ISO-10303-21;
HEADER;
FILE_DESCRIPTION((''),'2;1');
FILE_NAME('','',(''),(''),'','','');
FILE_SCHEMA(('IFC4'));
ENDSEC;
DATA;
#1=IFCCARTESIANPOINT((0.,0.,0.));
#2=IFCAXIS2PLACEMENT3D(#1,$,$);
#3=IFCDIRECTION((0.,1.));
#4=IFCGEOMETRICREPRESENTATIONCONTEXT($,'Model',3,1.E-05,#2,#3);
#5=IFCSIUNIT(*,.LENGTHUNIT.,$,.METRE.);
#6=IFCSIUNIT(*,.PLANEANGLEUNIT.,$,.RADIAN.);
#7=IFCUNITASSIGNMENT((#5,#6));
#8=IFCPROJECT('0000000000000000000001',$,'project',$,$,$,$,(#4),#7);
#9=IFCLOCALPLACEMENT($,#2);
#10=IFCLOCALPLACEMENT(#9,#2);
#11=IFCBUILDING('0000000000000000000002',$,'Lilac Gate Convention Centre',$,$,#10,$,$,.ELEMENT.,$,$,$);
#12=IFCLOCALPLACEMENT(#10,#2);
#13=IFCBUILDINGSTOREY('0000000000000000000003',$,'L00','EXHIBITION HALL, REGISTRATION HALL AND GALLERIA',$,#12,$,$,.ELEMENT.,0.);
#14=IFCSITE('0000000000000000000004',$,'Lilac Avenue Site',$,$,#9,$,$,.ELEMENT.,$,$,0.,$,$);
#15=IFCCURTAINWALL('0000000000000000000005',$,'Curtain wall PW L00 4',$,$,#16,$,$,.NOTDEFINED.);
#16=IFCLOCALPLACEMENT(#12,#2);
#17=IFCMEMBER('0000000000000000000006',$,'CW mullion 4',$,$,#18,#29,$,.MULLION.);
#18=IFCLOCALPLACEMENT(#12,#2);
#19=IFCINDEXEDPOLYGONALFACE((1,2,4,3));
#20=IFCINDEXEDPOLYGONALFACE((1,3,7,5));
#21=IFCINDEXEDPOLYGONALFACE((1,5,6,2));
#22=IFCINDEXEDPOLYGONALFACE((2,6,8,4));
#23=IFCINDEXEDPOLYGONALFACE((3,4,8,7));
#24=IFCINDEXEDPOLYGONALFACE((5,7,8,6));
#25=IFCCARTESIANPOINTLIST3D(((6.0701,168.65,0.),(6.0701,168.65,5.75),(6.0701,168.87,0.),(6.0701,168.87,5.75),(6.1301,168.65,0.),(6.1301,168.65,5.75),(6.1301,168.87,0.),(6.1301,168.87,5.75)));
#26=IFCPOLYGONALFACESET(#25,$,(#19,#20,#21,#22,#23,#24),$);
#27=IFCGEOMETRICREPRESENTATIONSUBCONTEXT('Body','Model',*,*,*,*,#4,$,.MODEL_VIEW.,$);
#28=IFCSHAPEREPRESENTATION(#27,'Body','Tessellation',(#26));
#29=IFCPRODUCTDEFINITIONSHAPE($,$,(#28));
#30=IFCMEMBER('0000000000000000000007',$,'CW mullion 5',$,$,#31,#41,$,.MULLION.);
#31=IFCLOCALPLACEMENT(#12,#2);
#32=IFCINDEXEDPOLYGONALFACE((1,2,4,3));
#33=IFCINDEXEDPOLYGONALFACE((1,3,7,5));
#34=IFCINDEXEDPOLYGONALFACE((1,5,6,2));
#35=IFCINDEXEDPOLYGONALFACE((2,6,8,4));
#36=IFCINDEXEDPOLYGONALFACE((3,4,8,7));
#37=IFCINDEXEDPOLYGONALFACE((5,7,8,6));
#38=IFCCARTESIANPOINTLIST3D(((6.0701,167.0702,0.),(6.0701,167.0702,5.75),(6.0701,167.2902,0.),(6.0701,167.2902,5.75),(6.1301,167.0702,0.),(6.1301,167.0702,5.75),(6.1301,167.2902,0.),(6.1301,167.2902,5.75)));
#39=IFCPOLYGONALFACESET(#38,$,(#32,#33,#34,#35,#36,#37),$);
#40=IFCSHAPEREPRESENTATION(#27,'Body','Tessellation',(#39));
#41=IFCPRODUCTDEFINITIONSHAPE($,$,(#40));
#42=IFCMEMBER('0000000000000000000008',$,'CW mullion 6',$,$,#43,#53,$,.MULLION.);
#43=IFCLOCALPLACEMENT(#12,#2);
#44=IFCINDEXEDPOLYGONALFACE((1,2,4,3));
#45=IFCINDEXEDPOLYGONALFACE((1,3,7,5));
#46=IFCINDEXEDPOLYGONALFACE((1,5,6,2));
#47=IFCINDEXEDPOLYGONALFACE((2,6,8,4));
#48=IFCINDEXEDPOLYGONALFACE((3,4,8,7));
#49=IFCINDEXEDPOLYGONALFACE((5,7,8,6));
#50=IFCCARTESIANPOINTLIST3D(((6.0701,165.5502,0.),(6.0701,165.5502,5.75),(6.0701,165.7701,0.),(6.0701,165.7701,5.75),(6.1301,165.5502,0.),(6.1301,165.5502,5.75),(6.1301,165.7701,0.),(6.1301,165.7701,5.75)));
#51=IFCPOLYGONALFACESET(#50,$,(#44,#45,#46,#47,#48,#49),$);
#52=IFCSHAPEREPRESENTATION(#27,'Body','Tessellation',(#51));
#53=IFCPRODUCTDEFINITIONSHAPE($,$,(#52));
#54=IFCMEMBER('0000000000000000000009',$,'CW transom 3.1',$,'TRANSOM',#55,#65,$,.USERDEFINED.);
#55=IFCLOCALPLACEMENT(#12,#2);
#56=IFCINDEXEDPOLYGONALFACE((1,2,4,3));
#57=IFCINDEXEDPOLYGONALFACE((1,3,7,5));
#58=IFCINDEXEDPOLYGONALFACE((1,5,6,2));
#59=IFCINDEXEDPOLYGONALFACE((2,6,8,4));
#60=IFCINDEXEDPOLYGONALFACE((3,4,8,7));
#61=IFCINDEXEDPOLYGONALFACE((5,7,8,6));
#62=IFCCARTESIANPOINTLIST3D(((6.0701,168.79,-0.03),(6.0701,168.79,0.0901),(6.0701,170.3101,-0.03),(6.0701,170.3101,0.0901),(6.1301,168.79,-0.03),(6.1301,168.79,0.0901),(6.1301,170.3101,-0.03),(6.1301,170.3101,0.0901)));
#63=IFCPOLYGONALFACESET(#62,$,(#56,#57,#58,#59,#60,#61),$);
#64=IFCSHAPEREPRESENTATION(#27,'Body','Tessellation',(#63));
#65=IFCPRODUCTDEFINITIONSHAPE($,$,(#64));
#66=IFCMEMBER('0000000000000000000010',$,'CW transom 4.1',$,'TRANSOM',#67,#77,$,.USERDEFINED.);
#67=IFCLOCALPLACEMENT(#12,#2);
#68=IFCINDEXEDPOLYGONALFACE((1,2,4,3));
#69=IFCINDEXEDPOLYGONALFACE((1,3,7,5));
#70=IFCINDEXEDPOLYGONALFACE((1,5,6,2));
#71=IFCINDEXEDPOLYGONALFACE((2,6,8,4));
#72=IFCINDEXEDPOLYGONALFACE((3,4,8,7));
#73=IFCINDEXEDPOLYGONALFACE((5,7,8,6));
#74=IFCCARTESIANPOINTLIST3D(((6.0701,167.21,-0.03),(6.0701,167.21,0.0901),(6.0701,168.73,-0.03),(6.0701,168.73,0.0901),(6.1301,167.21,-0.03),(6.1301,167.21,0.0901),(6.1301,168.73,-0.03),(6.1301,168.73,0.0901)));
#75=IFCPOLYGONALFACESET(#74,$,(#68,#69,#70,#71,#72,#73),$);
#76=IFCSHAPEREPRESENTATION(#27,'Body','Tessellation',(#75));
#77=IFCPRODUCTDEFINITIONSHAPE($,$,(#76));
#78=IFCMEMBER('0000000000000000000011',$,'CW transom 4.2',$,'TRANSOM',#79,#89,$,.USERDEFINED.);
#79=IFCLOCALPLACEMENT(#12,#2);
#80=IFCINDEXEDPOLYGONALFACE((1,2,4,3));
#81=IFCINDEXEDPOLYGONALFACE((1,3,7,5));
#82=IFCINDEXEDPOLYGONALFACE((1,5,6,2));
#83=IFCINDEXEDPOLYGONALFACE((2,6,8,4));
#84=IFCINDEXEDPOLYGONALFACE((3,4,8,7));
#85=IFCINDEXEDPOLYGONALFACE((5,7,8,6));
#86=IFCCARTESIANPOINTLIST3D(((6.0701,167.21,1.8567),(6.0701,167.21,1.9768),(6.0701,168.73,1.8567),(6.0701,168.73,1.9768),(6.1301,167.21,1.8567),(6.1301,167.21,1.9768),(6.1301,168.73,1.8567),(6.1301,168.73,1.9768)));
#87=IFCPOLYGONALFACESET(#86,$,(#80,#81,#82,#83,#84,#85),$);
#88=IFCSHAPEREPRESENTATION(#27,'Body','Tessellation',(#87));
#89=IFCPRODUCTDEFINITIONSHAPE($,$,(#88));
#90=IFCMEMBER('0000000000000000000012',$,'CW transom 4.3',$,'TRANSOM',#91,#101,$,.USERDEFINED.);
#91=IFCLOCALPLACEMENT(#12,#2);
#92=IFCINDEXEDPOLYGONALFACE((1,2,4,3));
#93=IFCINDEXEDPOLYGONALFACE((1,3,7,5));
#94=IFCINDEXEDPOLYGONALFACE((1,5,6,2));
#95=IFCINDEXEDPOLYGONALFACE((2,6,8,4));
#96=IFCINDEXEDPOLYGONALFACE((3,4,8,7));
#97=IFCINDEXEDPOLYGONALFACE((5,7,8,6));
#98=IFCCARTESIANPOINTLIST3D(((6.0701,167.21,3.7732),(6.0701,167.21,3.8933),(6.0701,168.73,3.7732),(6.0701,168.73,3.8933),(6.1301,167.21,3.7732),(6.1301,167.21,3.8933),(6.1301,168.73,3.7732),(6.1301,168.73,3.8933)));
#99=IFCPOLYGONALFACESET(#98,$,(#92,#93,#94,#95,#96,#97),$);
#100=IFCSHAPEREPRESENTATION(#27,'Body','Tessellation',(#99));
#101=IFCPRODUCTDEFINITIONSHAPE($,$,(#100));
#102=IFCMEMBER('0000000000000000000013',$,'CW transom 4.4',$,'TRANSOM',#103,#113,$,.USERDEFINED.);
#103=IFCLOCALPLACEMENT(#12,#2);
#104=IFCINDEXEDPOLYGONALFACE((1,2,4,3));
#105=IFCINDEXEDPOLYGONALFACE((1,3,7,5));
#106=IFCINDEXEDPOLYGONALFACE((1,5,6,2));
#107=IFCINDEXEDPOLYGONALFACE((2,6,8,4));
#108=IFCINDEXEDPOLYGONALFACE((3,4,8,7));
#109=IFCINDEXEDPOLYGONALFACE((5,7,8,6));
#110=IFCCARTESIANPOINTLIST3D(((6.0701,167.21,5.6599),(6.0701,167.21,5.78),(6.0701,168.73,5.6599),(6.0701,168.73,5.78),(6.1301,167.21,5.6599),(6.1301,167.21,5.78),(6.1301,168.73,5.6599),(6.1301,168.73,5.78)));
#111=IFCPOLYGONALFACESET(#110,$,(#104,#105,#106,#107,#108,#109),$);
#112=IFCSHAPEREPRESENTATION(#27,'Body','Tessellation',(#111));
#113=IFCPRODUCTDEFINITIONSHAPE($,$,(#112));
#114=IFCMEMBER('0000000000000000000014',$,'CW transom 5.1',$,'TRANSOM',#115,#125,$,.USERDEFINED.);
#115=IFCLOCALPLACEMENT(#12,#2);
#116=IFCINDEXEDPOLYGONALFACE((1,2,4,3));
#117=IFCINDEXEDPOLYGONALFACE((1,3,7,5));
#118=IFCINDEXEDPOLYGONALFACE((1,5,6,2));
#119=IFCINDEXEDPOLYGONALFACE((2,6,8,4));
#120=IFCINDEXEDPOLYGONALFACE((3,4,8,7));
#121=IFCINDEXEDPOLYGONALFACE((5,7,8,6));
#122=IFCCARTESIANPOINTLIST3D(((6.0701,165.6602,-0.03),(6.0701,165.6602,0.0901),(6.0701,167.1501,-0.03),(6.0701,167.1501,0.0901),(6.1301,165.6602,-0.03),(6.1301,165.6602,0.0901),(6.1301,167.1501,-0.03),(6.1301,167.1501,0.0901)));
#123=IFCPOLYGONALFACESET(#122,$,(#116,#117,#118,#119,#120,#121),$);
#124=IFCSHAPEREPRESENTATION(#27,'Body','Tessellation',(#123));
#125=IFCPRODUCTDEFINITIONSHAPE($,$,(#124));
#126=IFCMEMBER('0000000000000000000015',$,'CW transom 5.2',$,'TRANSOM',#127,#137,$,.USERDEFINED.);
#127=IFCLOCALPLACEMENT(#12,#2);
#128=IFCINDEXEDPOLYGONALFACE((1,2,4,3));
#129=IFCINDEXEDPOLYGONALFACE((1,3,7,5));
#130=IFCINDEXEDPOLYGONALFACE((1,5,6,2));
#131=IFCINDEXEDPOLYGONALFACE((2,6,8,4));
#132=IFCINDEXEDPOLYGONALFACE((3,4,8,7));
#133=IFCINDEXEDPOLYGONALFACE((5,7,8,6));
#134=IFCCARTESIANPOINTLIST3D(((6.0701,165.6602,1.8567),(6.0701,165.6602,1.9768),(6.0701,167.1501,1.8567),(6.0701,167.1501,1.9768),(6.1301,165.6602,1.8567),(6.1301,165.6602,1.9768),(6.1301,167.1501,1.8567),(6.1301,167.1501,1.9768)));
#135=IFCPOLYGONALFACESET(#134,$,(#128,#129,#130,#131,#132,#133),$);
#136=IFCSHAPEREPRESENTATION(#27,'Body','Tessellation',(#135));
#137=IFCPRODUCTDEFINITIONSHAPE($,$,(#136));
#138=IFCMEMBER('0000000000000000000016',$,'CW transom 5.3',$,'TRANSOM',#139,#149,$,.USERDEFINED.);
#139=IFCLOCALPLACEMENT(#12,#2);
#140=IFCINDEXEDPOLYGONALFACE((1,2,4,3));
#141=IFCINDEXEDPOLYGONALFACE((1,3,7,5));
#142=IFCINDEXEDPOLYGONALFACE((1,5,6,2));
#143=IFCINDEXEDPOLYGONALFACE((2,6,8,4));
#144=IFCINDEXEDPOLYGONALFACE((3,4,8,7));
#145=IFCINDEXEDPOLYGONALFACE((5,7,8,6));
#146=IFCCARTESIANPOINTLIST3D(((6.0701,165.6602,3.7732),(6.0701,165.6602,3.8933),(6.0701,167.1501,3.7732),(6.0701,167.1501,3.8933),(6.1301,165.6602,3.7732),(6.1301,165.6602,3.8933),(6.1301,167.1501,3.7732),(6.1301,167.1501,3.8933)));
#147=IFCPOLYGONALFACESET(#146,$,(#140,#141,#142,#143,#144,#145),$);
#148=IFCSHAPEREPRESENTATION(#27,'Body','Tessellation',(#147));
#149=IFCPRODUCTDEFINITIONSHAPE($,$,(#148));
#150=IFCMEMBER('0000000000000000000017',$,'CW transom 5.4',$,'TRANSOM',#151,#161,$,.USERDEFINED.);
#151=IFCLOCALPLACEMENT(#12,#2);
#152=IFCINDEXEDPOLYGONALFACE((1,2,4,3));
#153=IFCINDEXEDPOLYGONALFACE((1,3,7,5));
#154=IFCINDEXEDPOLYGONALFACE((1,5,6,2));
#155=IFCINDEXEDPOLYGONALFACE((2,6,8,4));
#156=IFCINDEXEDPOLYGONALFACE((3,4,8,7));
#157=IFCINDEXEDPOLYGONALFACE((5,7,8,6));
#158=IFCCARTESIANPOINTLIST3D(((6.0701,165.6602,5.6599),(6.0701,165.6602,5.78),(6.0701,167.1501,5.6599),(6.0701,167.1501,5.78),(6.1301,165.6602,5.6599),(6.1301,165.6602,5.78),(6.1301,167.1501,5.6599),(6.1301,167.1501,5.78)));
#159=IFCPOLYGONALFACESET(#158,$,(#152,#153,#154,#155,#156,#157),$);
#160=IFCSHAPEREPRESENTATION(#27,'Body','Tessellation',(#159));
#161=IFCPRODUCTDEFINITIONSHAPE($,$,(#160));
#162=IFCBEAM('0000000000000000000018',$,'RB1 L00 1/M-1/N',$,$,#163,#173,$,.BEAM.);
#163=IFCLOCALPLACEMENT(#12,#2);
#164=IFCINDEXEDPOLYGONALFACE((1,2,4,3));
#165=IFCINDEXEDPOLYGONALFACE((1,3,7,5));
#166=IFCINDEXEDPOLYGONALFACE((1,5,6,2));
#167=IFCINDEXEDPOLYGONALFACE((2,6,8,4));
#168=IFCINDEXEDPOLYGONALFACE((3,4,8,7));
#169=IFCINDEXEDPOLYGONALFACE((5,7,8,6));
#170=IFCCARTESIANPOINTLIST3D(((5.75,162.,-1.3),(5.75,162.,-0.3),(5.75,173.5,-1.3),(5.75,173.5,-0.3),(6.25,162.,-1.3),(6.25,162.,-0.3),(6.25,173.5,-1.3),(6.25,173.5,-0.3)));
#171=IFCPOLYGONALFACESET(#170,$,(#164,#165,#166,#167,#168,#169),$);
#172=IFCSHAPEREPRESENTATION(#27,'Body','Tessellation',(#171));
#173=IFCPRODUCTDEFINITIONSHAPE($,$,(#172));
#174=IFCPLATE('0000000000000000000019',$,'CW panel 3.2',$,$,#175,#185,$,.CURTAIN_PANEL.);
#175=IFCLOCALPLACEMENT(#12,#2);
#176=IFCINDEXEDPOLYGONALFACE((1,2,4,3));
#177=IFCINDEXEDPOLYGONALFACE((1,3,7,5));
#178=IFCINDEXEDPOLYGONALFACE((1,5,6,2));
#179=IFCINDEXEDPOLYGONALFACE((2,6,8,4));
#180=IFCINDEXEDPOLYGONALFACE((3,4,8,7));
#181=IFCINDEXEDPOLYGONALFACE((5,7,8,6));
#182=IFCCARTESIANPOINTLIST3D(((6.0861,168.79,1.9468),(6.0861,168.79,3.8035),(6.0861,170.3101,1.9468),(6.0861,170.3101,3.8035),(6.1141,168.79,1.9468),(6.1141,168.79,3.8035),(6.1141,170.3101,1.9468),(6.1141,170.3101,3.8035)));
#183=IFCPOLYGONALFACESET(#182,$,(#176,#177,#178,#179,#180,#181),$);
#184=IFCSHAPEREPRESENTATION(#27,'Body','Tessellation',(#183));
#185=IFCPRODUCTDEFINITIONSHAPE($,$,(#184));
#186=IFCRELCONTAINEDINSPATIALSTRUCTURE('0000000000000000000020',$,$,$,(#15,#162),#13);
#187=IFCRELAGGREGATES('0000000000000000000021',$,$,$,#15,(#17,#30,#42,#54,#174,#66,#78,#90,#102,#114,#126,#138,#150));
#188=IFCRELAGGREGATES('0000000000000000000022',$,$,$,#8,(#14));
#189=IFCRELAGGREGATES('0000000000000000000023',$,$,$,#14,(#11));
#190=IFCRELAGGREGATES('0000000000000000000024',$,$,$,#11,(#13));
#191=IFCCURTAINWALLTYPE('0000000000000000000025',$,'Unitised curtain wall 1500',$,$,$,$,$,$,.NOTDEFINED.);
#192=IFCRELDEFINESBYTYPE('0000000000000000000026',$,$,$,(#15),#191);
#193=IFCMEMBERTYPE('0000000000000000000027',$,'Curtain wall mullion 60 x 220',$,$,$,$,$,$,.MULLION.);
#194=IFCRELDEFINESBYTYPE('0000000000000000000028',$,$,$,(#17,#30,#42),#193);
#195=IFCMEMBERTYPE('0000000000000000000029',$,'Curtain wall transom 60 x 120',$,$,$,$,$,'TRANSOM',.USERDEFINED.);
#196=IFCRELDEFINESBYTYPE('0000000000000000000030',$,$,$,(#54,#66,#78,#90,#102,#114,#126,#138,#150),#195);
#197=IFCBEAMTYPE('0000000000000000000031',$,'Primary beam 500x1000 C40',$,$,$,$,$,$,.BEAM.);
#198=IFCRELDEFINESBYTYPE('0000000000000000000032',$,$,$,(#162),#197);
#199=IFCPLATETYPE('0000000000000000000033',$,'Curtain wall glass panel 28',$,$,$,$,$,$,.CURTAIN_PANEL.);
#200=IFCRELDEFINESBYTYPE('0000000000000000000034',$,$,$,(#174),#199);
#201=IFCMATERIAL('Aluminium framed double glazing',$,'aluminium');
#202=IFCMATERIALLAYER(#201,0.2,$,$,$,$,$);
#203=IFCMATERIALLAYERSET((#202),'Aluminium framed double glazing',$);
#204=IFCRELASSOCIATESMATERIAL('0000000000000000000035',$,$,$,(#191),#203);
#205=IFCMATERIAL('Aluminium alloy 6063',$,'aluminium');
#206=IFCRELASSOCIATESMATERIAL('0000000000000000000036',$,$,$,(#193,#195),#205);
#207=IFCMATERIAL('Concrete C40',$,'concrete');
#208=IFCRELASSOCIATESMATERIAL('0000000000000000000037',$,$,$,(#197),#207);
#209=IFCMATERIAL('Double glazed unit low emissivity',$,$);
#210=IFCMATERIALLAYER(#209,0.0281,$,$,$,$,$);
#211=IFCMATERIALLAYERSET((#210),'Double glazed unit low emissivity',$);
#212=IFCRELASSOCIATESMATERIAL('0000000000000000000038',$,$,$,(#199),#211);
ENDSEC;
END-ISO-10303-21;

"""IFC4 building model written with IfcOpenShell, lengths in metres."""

from ifc_helpers import new_model, si_unit, direction, frame, origin, origin_2d, place, context, subcontext, project, spatial, rectangle, extrude, material, layer, layer_set, material_profile, profile_set, type_object, element, aggregate, save


model = new_model("IFC4")

# Units and contexts
model_context = context("Model", 3, precision=1e-05, world=origin(), true_north=direction((0.0, 1.0)))
body_context = subcontext(model_context, "Body", "Model", "MODEL_VIEW")
ifc_project = project(units=[si_unit("LENGTHUNIT", "METRE"), si_unit("PLANEANGLEUNIT", "RADIAN")], contexts=[model_context])

# Site, building, storey
site_placement = place(None, origin())
site = spatial("IfcSite", under=ifc_project, at=site_placement, Name="Lilac Avenue Site", CompositionType="ELEMENT", RefElevation=0.0)
building_placement = place(site_placement, origin())
building = spatial("IfcBuilding", under=site, at=building_placement, Name="Lilac Gate Convention Centre", CompositionType="ELEMENT")
storey_placement = place(building_placement, origin())
storey = spatial("IfcBuildingStorey", under=building, at=storey_placement, Name="L00", Description="EXHIBITION HALL, REGISTRATION HALL AND GALLERIA", CompositionType="ELEMENT", Elevation=0.0)

# Curtain wall, members
ifc_material_1 = material(Name="Aluminium framed double glazing", Category="aluminium")
ifc_layer_1 = layer(ifc_material_1, 0.2)
ifc_layer_set_1 = layer_set([ifc_layer_1], Name="Aluminium framed double glazing")
curtain_wall_type = type_object("IfcCurtainWallType", Name="Unitised curtain wall 1500", PredefinedType="NOTDEFINED", material=ifc_layer_set_1)
curtain_wall_placement = place(storey_placement, origin())
curtain_wall = element("IfcCurtainWall", 1, at=curtain_wall_placement, inside=storey, type_object=curtain_wall_type, Name="Curtain wall PW L00 4", PredefinedType="NOTDEFINED")
ifc_material_2 = material(Name="Aluminium alloy 6063", Category="aluminium")
ifc_material_profile_1 = material_profile(ifc_material_2, rectangle(XDim=0.0601, YDim=0.22, at=origin_2d()), Name="Curtain wall mullion 60 x 220")
ifc_profile_set_1 = profile_set([ifc_material_profile_1], Name="Aluminium alloy 6063")
member_type_1 = type_object("IfcMemberType", Name="Curtain wall mullion 60 x 220", PredefinedType="MULLION", material=ifc_profile_set_1)
member_1_placement = place(storey_placement, frame((6.1001, 168.76, 0.0), z_axis=(0.0, 0.0, 1.0), x_axis=(1.0, 0.0, 0.0)))
member_1 = element("IfcMember", 2, at=member_1_placement, type_object=member_type_1, Name="CW mullion 4", PredefinedType="MULLION", context=body_context, shape_type="SweptSolid", body=[
    extrude(rectangle(XDim=0.0601, YDim=0.22, at=origin_2d()), origin(), (0.0, 0.0, 1.0), 5.75),
])
member_2_placement = place(storey_placement, frame((6.1001, 167.1802, 0.0), z_axis=(0.0, 0.0, 1.0), x_axis=(1.0, 0.0, 0.0)))
member_2 = element("IfcMember", 3, at=member_2_placement, type_object=member_type_1, Name="CW mullion 5", PredefinedType="MULLION", context=body_context, shape_type="SweptSolid", body=[
    extrude(rectangle(XDim=0.0601, YDim=0.22, at=origin_2d()), origin(), (0.0, 0.0, 1.0), 5.75),
])
member_3_placement = place(storey_placement, frame((6.1001, 165.6602, 0.0), z_axis=(0.0, 0.0, 1.0), x_axis=(1.0, 0.0, 0.0)))
member_3 = element("IfcMember", 4, at=member_3_placement, type_object=member_type_1, Name="CW mullion 6", PredefinedType="MULLION", context=body_context, shape_type="SweptSolid", body=[
    extrude(rectangle(XDim=0.0601, YDim=0.22, at=origin_2d()), origin(), (0.0, 0.0, 1.0), 5.75),
])
ifc_material_profile_2 = material_profile(ifc_material_2, rectangle(XDim=0.0601, YDim=0.1201, at=origin_2d()), Name="Curtain wall transom 60 x 120")
ifc_profile_set_2 = profile_set([ifc_material_profile_2], Name="Aluminium alloy 6063")
member_type_2 = type_object("IfcMemberType", Name="Curtain wall transom 60 x 120", ElementType="TRANSOM", PredefinedType="USERDEFINED", material=ifc_profile_set_2)
member_4_placement = place(storey_placement, frame((6.1001, 170.3101, 0.03), z_axis=(0.0, -1.0, 0.0), x_axis=(1.0, 0.0, 0.0)))
member_4 = element("IfcMember", 5, at=member_4_placement, type_object=member_type_2, Name="CW transom 3.1", ObjectType="TRANSOM", PredefinedType="USERDEFINED", context=body_context, shape_type="SweptSolid", body=[
    extrude(rectangle(XDim=0.0601, YDim=0.1201, at=origin_2d()), origin(), (0.0, 0.0, 1.0), 1.52),
])
member_5_placement = place(storey_placement, frame((6.1001, 168.73, 0.03), z_axis=(0.0, -1.0, 0.0), x_axis=(1.0, 0.0, 0.0)))
member_5 = element("IfcMember", 6, at=member_5_placement, type_object=member_type_2, Name="CW transom 4.1", ObjectType="TRANSOM", PredefinedType="USERDEFINED", context=body_context, shape_type="SweptSolid", body=[
    extrude(rectangle(XDim=0.0601, YDim=0.1201, at=origin_2d()), origin(), (0.0, 0.0, 1.0), 1.52),
])
member_6_placement = place(storey_placement, frame((6.1001, 168.73, 1.9167), z_axis=(0.0, -1.0, 0.0), x_axis=(1.0, 0.0, 0.0)))
member_6 = element("IfcMember", 7, at=member_6_placement, type_object=member_type_2, Name="CW transom 4.2", ObjectType="TRANSOM", PredefinedType="USERDEFINED", context=body_context, shape_type="SweptSolid", body=[
    extrude(rectangle(XDim=0.0601, YDim=0.1201, at=origin_2d()), origin(), (0.0, 0.0, 1.0), 1.52),
])
member_7_placement = place(storey_placement, frame((6.1001, 168.73, 3.8333), z_axis=(0.0, -1.0, 0.0), x_axis=(1.0, 0.0, 0.0)))
member_7 = element("IfcMember", 8, at=member_7_placement, type_object=member_type_2, Name="CW transom 4.3", ObjectType="TRANSOM", PredefinedType="USERDEFINED", context=body_context, shape_type="SweptSolid", body=[
    extrude(rectangle(XDim=0.0601, YDim=0.1201, at=origin_2d()), origin(), (0.0, 0.0, 1.0), 1.52),
])
member_8_placement = place(storey_placement, frame((6.1001, 168.73, 5.72), z_axis=(0.0, -1.0, 0.0), x_axis=(1.0, 0.0, 0.0)))
member_8 = element("IfcMember", 9, at=member_8_placement, type_object=member_type_2, Name="CW transom 4.4", ObjectType="TRANSOM", PredefinedType="USERDEFINED", context=body_context, shape_type="SweptSolid", body=[
    extrude(rectangle(XDim=0.0601, YDim=0.1201, at=origin_2d()), origin(), (0.0, 0.0, 1.0), 1.52),
])
member_9_placement = place(storey_placement, frame((6.1001, 167.1501, 0.03), z_axis=(0.0, -1.0, 0.0), x_axis=(1.0, 0.0, 0.0)))
member_9 = element("IfcMember", 10, at=member_9_placement, type_object=member_type_2, Name="CW transom 5.1", ObjectType="TRANSOM", PredefinedType="USERDEFINED", context=body_context, shape_type="SweptSolid", body=[
    extrude(rectangle(XDim=0.0601, YDim=0.1201, at=origin_2d()), origin(), (0.0, 0.0, 1.0), 1.49),
])
member_10_placement = place(storey_placement, frame((6.1001, 167.1501, 1.9167), z_axis=(0.0, -1.0, 0.0), x_axis=(1.0, 0.0, 0.0)))
member_10 = element("IfcMember", 11, at=member_10_placement, type_object=member_type_2, Name="CW transom 5.2", ObjectType="TRANSOM", PredefinedType="USERDEFINED", context=body_context, shape_type="SweptSolid", body=[
    extrude(rectangle(XDim=0.0601, YDim=0.1201, at=origin_2d()), origin(), (0.0, 0.0, 1.0), 1.49),
])
member_11_placement = place(storey_placement, frame((6.1001, 167.1501, 3.8333), z_axis=(0.0, -1.0, 0.0), x_axis=(1.0, 0.0, 0.0)))
member_11 = element("IfcMember", 12, at=member_11_placement, type_object=member_type_2, Name="CW transom 5.3", ObjectType="TRANSOM", PredefinedType="USERDEFINED", context=body_context, shape_type="SweptSolid", body=[
    extrude(rectangle(XDim=0.0601, YDim=0.1201, at=origin_2d()), origin(), (0.0, 0.0, 1.0), 1.49),
])
member_12_placement = place(storey_placement, frame((6.1001, 167.1501, 5.72), z_axis=(0.0, -1.0, 0.0), x_axis=(1.0, 0.0, 0.0)))
member_12 = element("IfcMember", 13, at=member_12_placement, type_object=member_type_2, Name="CW transom 5.4", ObjectType="TRANSOM", PredefinedType="USERDEFINED", context=body_context, shape_type="SweptSolid", body=[
    extrude(rectangle(XDim=0.0601, YDim=0.1201, at=origin_2d()), origin(), (0.0, 0.0, 1.0), 1.49),
])

# Beam
ifc_material_3 = material(Name="Concrete C40", Category="concrete")
ifc_material_profile_3 = material_profile(ifc_material_3, rectangle(XDim=0.5, YDim=1.0, at=origin_2d()), Name="RC 500x1000")
ifc_profile_set_3 = profile_set([ifc_material_profile_3], Name="Concrete C40")
beam_type = type_object("IfcBeamType", Name="Primary beam 500x1000 C40", PredefinedType="BEAM", material=ifc_profile_set_3)
beam_placement = place(storey_placement, frame((6.0, 162.0, -0.8), z_axis=(0.0, 1.0, 0.0), x_axis=(-1.0, 0.0, 0.0)))
element("IfcBeam", 14, at=beam_placement, inside=storey, type_object=beam_type, Name="RB1 L00 1/M-1/N", PredefinedType="BEAM", context=body_context, shape_type="SweptSolid", body=[
    extrude(rectangle(XDim=0.5, YDim=1.0, at=origin_2d()), origin(), (0.0, 0.0, 1.0), 11.5),
])

# Plate
ifc_material_4 = material(Name="Double glazed unit low emissivity")
ifc_layer_2 = layer(ifc_material_4, 0.0281)
ifc_layer_set_2 = layer_set([ifc_layer_2], Name="Double glazed unit low emissivity")
plate_type_1 = type_object("IfcPlateType", Name="Curtain wall glass panel 28", PredefinedType="CURTAIN_PANEL", material=ifc_layer_set_2)
plate_1_placement = place(storey_placement, frame((6.1001, 169.55, 1.9468), z_axis=(0.0, 0.0, 1.0), x_axis=(0.0, -1.0, 0.0)))
plate_1 = element("IfcPlate", 15, at=plate_1_placement, type_object=plate_type_1, Name="CW panel 3.2", PredefinedType="CURTAIN_PANEL", context=body_context, shape_type="SweptSolid", body=[
    extrude(rectangle(XDim=1.52, YDim=0.0281, at=origin_2d()), origin(), (0.0, 0.0, 1.0), 1.8567),
])
aggregate(curtain_wall, [member_1, member_2, member_3, member_4, plate_1, member_5, member_6, member_7, member_8, member_9, member_10, member_11, member_12])

save(model, "model.ifc")
